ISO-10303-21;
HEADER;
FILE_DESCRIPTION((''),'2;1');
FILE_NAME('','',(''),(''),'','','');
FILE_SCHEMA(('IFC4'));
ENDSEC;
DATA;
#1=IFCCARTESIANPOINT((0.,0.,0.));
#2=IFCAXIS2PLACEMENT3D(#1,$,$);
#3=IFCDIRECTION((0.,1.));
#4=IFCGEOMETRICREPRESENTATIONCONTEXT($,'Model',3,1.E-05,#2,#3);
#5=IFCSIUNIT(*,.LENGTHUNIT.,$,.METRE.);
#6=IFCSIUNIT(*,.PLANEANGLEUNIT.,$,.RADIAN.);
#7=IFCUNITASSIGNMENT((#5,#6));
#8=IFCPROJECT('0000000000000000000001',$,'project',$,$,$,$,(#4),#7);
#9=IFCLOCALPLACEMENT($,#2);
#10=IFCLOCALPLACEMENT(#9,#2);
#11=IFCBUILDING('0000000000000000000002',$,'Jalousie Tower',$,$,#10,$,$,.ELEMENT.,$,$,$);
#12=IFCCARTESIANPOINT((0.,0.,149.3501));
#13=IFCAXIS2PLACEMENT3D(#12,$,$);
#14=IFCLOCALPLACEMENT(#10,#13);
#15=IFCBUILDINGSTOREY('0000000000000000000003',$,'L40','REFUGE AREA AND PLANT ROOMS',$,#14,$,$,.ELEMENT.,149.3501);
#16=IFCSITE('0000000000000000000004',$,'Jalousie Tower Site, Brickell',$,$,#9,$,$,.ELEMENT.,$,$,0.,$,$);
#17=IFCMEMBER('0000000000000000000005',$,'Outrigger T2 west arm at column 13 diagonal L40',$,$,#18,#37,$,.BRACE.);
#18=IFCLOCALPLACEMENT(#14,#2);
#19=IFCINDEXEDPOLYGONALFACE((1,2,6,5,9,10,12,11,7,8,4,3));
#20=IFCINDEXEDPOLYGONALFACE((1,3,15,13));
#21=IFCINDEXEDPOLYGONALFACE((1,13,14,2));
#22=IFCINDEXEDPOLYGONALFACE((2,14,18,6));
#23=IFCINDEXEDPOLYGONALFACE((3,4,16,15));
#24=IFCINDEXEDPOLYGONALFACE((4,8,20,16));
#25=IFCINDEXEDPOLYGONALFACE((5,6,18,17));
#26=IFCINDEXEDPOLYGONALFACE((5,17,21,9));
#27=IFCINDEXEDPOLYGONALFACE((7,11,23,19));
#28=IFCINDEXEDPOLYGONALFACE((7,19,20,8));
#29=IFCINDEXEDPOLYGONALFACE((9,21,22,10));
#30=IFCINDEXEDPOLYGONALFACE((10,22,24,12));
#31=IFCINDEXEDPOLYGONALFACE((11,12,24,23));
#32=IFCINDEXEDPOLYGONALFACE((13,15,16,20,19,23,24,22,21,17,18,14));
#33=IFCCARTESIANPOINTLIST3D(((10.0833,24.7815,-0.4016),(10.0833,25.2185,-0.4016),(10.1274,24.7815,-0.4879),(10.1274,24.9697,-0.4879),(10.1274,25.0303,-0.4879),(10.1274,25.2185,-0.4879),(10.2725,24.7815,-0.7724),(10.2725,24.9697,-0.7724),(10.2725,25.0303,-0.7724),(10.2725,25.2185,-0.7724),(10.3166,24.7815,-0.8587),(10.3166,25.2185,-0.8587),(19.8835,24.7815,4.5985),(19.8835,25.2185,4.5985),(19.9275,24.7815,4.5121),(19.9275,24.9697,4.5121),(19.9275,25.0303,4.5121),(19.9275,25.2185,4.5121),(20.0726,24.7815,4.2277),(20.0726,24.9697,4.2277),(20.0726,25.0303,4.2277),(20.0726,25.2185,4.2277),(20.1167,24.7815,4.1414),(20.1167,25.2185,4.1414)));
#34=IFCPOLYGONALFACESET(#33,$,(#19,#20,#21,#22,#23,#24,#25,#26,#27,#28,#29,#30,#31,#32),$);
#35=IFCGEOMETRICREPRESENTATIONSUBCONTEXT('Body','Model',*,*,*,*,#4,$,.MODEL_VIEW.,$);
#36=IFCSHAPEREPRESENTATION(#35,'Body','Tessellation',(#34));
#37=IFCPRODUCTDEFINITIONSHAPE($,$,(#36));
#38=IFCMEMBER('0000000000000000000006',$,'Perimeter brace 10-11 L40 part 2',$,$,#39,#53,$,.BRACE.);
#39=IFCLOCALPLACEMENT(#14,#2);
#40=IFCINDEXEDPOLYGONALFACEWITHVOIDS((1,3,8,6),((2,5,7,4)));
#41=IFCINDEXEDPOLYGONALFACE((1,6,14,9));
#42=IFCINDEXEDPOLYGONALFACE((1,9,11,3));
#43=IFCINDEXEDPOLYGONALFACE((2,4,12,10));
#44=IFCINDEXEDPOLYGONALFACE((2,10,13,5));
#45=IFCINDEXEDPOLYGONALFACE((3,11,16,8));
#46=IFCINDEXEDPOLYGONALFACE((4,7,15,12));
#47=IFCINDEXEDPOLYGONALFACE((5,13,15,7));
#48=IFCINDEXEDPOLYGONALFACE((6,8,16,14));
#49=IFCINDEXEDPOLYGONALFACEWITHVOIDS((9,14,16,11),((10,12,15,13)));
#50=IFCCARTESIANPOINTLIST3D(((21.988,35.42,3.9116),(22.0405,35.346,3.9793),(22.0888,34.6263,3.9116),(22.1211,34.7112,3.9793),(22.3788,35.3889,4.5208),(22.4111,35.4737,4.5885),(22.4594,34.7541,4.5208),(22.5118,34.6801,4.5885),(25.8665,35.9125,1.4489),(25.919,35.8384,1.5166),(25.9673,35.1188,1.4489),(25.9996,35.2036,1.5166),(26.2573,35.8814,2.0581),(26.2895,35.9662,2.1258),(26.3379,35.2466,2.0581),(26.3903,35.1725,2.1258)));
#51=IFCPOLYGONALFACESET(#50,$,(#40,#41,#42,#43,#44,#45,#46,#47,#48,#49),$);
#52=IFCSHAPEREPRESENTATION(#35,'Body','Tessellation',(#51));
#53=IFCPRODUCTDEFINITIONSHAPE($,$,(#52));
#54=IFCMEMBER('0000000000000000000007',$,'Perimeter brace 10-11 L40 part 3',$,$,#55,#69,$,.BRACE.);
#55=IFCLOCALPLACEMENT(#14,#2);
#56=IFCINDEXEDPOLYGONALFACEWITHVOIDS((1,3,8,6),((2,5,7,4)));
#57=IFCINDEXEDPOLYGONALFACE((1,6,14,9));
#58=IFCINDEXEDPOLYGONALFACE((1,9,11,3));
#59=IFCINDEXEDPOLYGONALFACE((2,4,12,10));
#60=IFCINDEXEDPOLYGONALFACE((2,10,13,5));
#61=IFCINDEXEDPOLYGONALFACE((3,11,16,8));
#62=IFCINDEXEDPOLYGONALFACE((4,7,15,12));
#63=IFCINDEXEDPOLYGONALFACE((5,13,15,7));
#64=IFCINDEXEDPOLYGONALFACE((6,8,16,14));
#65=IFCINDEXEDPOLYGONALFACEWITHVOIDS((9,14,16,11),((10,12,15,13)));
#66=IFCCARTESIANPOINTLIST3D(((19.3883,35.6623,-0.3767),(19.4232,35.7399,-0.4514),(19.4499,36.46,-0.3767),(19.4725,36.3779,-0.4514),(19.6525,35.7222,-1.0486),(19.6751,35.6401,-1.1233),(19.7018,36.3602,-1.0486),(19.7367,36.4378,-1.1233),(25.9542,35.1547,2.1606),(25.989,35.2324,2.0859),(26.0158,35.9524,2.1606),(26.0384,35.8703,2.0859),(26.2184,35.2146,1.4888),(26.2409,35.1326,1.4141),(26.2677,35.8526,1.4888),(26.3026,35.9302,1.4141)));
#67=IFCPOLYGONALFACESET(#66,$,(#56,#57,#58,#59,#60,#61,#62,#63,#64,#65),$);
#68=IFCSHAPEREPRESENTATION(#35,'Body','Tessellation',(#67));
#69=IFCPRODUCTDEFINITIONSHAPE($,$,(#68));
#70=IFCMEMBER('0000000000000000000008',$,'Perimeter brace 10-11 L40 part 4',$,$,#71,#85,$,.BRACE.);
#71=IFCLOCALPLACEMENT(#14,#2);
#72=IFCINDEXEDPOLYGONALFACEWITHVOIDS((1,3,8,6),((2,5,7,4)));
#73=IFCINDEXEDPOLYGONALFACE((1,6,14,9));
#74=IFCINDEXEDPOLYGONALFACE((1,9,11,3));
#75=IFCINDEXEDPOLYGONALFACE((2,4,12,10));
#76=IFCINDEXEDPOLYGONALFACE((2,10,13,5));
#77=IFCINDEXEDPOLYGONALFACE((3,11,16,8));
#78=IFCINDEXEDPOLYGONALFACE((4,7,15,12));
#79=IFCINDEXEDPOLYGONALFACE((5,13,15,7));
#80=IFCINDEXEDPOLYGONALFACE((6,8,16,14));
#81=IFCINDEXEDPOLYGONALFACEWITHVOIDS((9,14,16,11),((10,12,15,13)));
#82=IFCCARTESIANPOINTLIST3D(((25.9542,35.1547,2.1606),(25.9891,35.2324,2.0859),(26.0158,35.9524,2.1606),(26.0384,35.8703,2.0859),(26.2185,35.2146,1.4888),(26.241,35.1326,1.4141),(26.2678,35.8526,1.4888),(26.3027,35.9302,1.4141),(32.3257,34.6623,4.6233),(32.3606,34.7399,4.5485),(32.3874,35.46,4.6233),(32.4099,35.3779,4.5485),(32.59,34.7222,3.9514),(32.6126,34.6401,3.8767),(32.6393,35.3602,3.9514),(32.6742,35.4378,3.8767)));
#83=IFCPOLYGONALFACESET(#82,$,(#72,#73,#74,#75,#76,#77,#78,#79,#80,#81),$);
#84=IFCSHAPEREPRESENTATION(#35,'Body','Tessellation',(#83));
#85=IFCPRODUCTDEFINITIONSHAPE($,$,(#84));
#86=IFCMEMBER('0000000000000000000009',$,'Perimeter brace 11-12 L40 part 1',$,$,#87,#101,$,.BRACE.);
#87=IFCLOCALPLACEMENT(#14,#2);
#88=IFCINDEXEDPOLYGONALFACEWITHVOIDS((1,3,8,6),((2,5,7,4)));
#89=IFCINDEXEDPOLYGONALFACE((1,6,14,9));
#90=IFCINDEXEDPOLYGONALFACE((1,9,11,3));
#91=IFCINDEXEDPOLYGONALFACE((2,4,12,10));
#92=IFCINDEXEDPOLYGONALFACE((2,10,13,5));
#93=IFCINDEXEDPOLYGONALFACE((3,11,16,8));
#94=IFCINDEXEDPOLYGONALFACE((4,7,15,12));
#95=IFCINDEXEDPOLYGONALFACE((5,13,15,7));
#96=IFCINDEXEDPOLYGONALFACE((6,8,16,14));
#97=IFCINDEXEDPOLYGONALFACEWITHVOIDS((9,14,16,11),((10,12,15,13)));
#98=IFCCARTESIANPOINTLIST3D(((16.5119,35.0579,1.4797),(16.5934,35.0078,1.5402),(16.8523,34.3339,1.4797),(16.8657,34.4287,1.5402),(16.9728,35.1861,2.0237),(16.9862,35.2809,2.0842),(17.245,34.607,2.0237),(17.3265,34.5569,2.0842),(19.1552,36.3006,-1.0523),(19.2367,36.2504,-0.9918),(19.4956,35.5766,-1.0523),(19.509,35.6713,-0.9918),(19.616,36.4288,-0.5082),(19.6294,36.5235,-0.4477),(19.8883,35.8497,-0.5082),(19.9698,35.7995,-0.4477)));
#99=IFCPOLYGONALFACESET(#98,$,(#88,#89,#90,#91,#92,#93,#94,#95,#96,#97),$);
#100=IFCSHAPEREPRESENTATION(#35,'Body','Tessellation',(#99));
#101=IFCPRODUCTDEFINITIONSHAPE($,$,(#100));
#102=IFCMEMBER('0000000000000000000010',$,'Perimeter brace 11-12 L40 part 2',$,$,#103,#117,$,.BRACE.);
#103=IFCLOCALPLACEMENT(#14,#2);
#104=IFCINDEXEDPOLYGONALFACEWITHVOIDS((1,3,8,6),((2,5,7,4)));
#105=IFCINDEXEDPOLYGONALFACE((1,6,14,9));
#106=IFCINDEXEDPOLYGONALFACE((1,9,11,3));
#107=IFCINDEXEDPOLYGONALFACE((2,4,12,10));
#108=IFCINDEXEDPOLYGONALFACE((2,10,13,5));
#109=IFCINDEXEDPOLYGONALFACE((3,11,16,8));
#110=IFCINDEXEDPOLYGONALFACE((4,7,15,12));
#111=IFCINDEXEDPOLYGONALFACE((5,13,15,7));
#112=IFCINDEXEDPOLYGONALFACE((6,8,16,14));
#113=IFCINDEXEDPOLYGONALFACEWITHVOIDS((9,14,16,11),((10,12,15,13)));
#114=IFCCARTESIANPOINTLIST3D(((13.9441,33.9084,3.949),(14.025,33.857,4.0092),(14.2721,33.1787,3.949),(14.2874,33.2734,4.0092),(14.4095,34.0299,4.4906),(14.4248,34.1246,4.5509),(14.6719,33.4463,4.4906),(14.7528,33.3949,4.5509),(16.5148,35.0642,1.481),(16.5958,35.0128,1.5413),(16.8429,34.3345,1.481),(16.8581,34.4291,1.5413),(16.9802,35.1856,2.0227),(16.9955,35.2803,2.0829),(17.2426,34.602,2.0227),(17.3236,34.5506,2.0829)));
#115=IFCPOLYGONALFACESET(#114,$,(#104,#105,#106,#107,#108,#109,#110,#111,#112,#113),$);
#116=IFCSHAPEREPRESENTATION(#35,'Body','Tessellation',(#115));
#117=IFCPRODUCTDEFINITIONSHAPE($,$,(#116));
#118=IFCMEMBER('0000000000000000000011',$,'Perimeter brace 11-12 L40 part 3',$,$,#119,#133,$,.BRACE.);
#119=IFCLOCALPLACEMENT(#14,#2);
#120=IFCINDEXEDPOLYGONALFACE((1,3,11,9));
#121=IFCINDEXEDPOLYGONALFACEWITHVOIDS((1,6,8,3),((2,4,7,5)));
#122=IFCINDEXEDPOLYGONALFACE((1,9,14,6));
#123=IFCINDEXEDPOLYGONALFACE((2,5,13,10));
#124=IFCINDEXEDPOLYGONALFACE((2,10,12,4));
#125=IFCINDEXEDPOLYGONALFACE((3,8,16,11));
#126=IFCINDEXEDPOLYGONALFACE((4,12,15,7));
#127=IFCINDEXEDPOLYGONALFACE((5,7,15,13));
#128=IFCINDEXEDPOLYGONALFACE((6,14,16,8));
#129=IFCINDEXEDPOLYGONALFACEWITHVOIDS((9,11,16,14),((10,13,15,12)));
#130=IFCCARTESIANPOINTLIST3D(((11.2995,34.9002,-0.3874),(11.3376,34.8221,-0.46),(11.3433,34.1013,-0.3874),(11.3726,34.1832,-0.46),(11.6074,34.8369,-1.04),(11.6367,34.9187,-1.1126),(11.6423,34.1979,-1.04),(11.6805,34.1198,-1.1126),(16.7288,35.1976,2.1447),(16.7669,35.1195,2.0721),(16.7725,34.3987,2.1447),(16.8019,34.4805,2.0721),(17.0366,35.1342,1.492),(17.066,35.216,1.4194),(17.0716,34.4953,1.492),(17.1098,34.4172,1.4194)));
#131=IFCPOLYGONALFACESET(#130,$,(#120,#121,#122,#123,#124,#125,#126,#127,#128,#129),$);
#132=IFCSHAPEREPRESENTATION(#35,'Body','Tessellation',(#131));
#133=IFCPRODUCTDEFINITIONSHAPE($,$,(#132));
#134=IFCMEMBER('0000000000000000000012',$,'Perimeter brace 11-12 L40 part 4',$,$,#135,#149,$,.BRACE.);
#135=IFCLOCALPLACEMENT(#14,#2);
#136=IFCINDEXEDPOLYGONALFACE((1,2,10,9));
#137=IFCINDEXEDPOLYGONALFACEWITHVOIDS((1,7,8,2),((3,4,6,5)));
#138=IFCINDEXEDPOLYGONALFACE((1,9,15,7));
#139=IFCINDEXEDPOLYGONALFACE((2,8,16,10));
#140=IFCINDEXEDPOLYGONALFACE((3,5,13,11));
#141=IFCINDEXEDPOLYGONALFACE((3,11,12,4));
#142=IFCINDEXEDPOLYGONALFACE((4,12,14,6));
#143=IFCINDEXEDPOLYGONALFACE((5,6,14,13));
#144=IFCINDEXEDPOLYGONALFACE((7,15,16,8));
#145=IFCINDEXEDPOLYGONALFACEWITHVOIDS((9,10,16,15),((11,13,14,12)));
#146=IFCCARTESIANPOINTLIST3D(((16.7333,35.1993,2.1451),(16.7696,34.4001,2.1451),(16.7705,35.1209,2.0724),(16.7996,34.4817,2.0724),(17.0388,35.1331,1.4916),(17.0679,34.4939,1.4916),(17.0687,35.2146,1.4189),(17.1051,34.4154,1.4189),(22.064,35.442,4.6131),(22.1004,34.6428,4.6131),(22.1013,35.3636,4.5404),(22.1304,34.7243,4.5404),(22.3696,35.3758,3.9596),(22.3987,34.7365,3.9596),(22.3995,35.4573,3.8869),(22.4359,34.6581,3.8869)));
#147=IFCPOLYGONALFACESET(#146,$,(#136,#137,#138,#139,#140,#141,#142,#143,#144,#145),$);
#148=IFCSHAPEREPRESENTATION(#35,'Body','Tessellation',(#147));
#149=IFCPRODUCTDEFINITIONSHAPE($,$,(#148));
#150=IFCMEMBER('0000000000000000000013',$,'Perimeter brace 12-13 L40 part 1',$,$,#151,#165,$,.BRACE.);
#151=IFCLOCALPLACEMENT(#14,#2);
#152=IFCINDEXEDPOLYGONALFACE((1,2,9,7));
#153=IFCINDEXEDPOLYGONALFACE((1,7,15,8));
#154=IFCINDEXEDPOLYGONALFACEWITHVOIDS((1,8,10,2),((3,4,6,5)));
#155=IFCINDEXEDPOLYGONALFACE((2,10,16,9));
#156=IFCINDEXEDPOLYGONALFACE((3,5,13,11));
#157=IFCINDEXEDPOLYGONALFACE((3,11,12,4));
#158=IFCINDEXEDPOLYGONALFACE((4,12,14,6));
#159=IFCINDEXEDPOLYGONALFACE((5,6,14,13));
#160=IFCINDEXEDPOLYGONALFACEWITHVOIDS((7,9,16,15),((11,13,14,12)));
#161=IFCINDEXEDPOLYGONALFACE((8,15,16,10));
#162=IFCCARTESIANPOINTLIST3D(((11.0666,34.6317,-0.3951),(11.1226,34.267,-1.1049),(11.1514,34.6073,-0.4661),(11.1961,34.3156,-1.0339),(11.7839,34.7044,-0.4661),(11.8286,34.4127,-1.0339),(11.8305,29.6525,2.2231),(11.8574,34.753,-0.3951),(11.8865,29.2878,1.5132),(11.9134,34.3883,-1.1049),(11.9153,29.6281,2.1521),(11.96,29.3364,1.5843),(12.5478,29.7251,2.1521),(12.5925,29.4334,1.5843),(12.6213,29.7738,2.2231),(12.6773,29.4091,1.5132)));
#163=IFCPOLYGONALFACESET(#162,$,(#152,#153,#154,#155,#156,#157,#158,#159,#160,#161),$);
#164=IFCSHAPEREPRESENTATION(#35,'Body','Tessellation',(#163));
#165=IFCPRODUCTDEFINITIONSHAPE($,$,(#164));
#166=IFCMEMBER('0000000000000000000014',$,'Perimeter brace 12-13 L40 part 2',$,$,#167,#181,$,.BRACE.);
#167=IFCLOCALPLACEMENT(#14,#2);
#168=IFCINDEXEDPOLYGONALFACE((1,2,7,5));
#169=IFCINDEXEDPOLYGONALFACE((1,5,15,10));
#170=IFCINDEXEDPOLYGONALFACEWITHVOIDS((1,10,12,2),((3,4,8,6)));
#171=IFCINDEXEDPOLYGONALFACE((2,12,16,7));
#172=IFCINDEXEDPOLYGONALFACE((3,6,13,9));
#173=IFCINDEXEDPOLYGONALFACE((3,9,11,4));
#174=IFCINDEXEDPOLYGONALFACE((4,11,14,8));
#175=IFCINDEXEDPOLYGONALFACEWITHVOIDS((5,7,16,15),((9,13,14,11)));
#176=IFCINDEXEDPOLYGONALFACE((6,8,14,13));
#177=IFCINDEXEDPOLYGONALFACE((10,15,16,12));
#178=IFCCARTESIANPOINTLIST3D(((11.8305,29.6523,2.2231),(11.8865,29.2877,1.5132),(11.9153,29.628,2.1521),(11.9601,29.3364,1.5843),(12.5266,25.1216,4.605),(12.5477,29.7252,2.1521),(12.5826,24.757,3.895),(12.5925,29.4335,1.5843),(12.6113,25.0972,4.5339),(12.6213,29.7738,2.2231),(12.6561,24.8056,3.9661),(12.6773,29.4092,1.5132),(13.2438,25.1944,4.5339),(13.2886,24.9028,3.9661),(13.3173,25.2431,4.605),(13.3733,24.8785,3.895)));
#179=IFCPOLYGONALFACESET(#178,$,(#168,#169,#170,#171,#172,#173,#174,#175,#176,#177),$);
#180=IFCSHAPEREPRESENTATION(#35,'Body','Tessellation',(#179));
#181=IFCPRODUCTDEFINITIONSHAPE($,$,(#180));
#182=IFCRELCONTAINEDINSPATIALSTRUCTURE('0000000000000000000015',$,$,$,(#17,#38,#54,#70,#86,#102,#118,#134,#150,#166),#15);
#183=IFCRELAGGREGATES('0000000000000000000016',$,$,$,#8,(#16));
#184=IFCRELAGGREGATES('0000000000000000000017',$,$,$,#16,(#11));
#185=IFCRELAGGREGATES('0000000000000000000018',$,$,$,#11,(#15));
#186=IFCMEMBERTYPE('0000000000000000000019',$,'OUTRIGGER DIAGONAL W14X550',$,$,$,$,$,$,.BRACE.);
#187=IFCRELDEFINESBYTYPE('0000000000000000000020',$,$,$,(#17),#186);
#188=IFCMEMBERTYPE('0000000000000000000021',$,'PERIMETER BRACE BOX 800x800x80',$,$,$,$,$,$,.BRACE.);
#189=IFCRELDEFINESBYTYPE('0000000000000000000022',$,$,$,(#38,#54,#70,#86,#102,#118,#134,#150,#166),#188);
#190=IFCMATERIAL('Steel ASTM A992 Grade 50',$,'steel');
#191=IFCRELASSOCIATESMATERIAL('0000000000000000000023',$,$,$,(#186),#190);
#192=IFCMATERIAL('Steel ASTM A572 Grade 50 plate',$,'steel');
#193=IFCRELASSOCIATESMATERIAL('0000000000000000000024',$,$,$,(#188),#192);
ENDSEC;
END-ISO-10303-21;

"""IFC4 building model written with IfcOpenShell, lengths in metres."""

from ifc_helpers import new_model, si_unit, direction, frame, origin, origin_2d, place, context, subcontext, project, spatial, hollow_rectangle, i_section, extrude, material, material_profile, profile_set, type_object, element, save


model = new_model("IFC4")

# Units and contexts
model_context = context("Model", 3, precision=1e-05, world=origin(), true_north=direction((0.0, 1.0)))
body_context = subcontext(model_context, "Body", "Model", "MODEL_VIEW")
ifc_project = project(units=[si_unit("LENGTHUNIT", "METRE"), si_unit("PLANEANGLEUNIT", "RADIAN")], contexts=[model_context])

# Site, building, storey
site_placement = place(None, origin())
site = spatial("IfcSite", under=ifc_project, at=site_placement, Name="Jalousie Tower Site, Brickell", CompositionType="ELEMENT", RefElevation=0.0)
building_placement = place(site_placement, origin())
building = spatial("IfcBuilding", under=site, at=building_placement, Name="Jalousie Tower", CompositionType="ELEMENT")
storey_placement = place(building_placement, frame((0.0, 0.0, 149.3501)))
storey = spatial("IfcBuildingStorey", under=building, at=storey_placement, Name="L40", Description="REFUGE AREA AND PLANT ROOMS", CompositionType="ELEMENT", Elevation=149.3501)

# Members
ifc_material_1 = material(Name="Steel ASTM A992 Grade 50", Category="steel")
ifc_material_profile_1 = material_profile(ifc_material_1, i_section(OverallWidth=0.437, OverallDepth=0.5132, WebThickness=0.0605, FlangeThickness=0.0969, at=origin_2d()), Name="W14X550")
ifc_profile_set_1 = profile_set([ifc_material_profile_1], Name="Steel ASTM A992 Grade 50")
member_type_1 = type_object("IfcMemberType", Name="OUTRIGGER DIAGONAL W14X550", PredefinedType="BRACE", material=ifc_profile_set_1)
member_1_placement = place(storey_placement, frame((10.2, 25.0, -0.6301), z_axis=(0.890763, 0.0, 0.454469), x_axis=(0.0, 1.0, 0.0)))
element("IfcMember", 1, at=member_1_placement, inside=storey, type_object=member_type_1, Name="Outrigger T2 west arm at column 13 diagonal L40", PredefinedType="BRACE", context=body_context, shape_type="SweptSolid", body=[
    extrude(i_section(OverallWidth=0.437, OverallDepth=0.5132, WebThickness=0.0605, FlangeThickness=0.0969, at=origin_2d()), origin(), (0.0, 0.0, 1.0), 11.002),
])
ifc_material_2 = material(Name="Steel ASTM A572 Grade 50 plate", Category="steel")
ifc_material_profile_2 = material_profile(ifc_material_2, hollow_rectangle(XDim=0.8, YDim=0.8, WallThickness=0.0801, at=origin_2d()), Name="BOX 800x800x80")
ifc_profile_set_2 = profile_set([ifc_material_profile_2], Name="Steel ASTM A572 Grade 50 plate")
member_type_2 = type_object("IfcMemberType", Name="PERIMETER BRACE BOX 800x800x80", PredefinedType="BRACE", material=ifc_profile_set_2)
member_2_placement = place(storey_placement, frame((26.1284, 35.5425, 1.7874), z_axis=(-0.839389, -0.106575, 0.53298), x_axis=(0.125956, -0.992036, 0.0)))
element("IfcMember", 2, at=member_2_placement, inside=storey, type_object=member_type_2, Name="Perimeter brace 10-11 L40 part 2", PredefinedType="BRACE", context=body_context, shape_type="SweptSolid", body=[
    extrude(hollow_rectangle(XDim=0.8, YDim=0.8, WallThickness=0.0801, at=origin_2d()), origin(), (0.0, 0.0, 1.0), 4.6206),
])
member_3_placement = place(storey_placement, frame((19.5625, 36.05, -0.75), z_axis=(0.930358, -0.07192, 0.35953), x_axis=(0.077074, 0.997025, 0.0)))
element("IfcMember", 3, at=member_3_placement, inside=storey, type_object=member_type_2, Name="Perimeter brace 10-11 L40 part 3", PredefinedType="BRACE", context=body_context, shape_type="SweptSolid", body=[
    extrude(hollow_rectangle(XDim=0.8, YDim=0.8, WallThickness=0.0801, at=origin_2d()), origin(), (0.0, 0.0, 1.0), 7.0574),
])
member_4_placement = place(storey_placement, frame((26.1284, 35.5425, 1.7874), z_axis=(0.93034, -0.071902, 0.359581), x_axis=(0.077056, 0.997027, 0.0)))
element("IfcMember", 4, at=member_4_placement, inside=storey, type_object=member_type_2, Name="Perimeter brace 10-11 L40 part 4", PredefinedType="BRACE", context=body_context, shape_type="SweptSolid", body=[
    extrude(hollow_rectangle(XDim=0.8, YDim=0.8, WallThickness=0.0801, at=origin_2d()), origin(), (0.0, 0.0, 1.0), 6.8486),
])
member_5_placement = place(storey_placement, frame((19.5625, 36.05, -0.75), z_axis=(-0.683817, -0.321477, 0.655017), x_axis=(0.425451, -0.904982, 0.0)))
element("IfcMember", 5, at=member_5_placement, inside=storey, type_object=member_type_2, Name="Perimeter brace 11-12 L40 part 1", PredefinedType="BRACE", context=body_context, shape_type="SweptSolid", body=[
    extrude(hollow_rectangle(XDim=0.8, YDim=0.8, WallThickness=0.0801, at=origin_2d()), origin(), (0.0, 0.0, 1.0), 3.8655),
])
member_6_placement = place(storey_placement, frame((16.9192, 34.8074, 1.782), z_axis=(-0.686196, -0.308495, 0.658761), x_axis=(0.410041, -0.912067, 0.0)))
element("IfcMember", 6, at=member_6_placement, inside=storey, type_object=member_type_2, Name="Perimeter brace 11-12 L40 part 2", PredefinedType="BRACE", context=body_context, shape_type="SweptSolid", body=[
    extrude(hollow_rectangle(XDim=0.8, YDim=0.8, WallThickness=0.0801, at=origin_2d()), origin(), (0.0, 0.0, 1.0), 3.7463),
])
member_7_placement = place(storey_placement, frame((11.49, 34.51, -0.75), z_axis=(0.905174, 0.049577, 0.42214), x_axis=(-0.054689, 0.998503, 0.0)))
element("IfcMember", 7, at=member_7_placement, inside=storey, type_object=member_type_2, Name="Perimeter brace 11-12 L40 part 3", PredefinedType="BRACE", context=body_context, shape_type="SweptSolid", body=[
    extrude(hollow_rectangle(XDim=0.8, YDim=0.8, WallThickness=0.0801, at=origin_2d()), origin(), (0.0, 0.0, 1.0), 5.998),
])
member_8_placement = place(storey_placement, frame((16.9192, 34.8074, 1.782), z_axis=(0.90669, 0.041275, 0.419773), x_axis=(-0.045476, 0.998965, 0.0)))
element("IfcMember", 8, at=member_8_placement, inside=storey, type_object=member_type_2, Name="Perimeter brace 11-12 L40 part 4", PredefinedType="BRACE", context=body_context, shape_type="SweptSolid", body=[
    extrude(hollow_rectangle(XDim=0.8, YDim=0.8, WallThickness=0.0801, at=origin_2d()), origin(), (0.0, 0.0, 1.0), 5.8794),
])
member_9_placement = place(storey_placement, frame((11.49, 34.51, -0.75), z_axis=(0.134557, -0.877052, 0.461167), x_axis=(0.988435, 0.151646, 0.0)))
element("IfcMember", 9, at=member_9_placement, inside=storey, type_object=member_type_2, Name="Perimeter brace 12-13 L40 part 1", PredefinedType="BRACE", context=body_context, shape_type="SweptSolid", body=[
    extrude(hollow_rectangle(XDim=0.8, YDim=0.8, WallThickness=0.0801, at=origin_2d()), origin(), (0.0, 0.0, 1.0), 5.6772),
])
member_10_placement = place(storey_placement, frame((12.2539, 29.5308, 1.8682), z_axis=(0.134741, -0.87707, 0.461078), x_axis=(0.988404, 0.151845, 0.0)))
element("IfcMember", 10, at=member_10_placement, inside=storey, type_object=member_type_2, Name="Perimeter brace 12-13 L40 part 2", PredefinedType="BRACE", context=body_context, shape_type="SweptSolid", body=[
    extrude(hollow_rectangle(XDim=0.8, YDim=0.8, WallThickness=0.0801, at=origin_2d()), origin(), (0.0, 0.0, 1.0), 5.1658),
])

save(model, "model.ifc")
